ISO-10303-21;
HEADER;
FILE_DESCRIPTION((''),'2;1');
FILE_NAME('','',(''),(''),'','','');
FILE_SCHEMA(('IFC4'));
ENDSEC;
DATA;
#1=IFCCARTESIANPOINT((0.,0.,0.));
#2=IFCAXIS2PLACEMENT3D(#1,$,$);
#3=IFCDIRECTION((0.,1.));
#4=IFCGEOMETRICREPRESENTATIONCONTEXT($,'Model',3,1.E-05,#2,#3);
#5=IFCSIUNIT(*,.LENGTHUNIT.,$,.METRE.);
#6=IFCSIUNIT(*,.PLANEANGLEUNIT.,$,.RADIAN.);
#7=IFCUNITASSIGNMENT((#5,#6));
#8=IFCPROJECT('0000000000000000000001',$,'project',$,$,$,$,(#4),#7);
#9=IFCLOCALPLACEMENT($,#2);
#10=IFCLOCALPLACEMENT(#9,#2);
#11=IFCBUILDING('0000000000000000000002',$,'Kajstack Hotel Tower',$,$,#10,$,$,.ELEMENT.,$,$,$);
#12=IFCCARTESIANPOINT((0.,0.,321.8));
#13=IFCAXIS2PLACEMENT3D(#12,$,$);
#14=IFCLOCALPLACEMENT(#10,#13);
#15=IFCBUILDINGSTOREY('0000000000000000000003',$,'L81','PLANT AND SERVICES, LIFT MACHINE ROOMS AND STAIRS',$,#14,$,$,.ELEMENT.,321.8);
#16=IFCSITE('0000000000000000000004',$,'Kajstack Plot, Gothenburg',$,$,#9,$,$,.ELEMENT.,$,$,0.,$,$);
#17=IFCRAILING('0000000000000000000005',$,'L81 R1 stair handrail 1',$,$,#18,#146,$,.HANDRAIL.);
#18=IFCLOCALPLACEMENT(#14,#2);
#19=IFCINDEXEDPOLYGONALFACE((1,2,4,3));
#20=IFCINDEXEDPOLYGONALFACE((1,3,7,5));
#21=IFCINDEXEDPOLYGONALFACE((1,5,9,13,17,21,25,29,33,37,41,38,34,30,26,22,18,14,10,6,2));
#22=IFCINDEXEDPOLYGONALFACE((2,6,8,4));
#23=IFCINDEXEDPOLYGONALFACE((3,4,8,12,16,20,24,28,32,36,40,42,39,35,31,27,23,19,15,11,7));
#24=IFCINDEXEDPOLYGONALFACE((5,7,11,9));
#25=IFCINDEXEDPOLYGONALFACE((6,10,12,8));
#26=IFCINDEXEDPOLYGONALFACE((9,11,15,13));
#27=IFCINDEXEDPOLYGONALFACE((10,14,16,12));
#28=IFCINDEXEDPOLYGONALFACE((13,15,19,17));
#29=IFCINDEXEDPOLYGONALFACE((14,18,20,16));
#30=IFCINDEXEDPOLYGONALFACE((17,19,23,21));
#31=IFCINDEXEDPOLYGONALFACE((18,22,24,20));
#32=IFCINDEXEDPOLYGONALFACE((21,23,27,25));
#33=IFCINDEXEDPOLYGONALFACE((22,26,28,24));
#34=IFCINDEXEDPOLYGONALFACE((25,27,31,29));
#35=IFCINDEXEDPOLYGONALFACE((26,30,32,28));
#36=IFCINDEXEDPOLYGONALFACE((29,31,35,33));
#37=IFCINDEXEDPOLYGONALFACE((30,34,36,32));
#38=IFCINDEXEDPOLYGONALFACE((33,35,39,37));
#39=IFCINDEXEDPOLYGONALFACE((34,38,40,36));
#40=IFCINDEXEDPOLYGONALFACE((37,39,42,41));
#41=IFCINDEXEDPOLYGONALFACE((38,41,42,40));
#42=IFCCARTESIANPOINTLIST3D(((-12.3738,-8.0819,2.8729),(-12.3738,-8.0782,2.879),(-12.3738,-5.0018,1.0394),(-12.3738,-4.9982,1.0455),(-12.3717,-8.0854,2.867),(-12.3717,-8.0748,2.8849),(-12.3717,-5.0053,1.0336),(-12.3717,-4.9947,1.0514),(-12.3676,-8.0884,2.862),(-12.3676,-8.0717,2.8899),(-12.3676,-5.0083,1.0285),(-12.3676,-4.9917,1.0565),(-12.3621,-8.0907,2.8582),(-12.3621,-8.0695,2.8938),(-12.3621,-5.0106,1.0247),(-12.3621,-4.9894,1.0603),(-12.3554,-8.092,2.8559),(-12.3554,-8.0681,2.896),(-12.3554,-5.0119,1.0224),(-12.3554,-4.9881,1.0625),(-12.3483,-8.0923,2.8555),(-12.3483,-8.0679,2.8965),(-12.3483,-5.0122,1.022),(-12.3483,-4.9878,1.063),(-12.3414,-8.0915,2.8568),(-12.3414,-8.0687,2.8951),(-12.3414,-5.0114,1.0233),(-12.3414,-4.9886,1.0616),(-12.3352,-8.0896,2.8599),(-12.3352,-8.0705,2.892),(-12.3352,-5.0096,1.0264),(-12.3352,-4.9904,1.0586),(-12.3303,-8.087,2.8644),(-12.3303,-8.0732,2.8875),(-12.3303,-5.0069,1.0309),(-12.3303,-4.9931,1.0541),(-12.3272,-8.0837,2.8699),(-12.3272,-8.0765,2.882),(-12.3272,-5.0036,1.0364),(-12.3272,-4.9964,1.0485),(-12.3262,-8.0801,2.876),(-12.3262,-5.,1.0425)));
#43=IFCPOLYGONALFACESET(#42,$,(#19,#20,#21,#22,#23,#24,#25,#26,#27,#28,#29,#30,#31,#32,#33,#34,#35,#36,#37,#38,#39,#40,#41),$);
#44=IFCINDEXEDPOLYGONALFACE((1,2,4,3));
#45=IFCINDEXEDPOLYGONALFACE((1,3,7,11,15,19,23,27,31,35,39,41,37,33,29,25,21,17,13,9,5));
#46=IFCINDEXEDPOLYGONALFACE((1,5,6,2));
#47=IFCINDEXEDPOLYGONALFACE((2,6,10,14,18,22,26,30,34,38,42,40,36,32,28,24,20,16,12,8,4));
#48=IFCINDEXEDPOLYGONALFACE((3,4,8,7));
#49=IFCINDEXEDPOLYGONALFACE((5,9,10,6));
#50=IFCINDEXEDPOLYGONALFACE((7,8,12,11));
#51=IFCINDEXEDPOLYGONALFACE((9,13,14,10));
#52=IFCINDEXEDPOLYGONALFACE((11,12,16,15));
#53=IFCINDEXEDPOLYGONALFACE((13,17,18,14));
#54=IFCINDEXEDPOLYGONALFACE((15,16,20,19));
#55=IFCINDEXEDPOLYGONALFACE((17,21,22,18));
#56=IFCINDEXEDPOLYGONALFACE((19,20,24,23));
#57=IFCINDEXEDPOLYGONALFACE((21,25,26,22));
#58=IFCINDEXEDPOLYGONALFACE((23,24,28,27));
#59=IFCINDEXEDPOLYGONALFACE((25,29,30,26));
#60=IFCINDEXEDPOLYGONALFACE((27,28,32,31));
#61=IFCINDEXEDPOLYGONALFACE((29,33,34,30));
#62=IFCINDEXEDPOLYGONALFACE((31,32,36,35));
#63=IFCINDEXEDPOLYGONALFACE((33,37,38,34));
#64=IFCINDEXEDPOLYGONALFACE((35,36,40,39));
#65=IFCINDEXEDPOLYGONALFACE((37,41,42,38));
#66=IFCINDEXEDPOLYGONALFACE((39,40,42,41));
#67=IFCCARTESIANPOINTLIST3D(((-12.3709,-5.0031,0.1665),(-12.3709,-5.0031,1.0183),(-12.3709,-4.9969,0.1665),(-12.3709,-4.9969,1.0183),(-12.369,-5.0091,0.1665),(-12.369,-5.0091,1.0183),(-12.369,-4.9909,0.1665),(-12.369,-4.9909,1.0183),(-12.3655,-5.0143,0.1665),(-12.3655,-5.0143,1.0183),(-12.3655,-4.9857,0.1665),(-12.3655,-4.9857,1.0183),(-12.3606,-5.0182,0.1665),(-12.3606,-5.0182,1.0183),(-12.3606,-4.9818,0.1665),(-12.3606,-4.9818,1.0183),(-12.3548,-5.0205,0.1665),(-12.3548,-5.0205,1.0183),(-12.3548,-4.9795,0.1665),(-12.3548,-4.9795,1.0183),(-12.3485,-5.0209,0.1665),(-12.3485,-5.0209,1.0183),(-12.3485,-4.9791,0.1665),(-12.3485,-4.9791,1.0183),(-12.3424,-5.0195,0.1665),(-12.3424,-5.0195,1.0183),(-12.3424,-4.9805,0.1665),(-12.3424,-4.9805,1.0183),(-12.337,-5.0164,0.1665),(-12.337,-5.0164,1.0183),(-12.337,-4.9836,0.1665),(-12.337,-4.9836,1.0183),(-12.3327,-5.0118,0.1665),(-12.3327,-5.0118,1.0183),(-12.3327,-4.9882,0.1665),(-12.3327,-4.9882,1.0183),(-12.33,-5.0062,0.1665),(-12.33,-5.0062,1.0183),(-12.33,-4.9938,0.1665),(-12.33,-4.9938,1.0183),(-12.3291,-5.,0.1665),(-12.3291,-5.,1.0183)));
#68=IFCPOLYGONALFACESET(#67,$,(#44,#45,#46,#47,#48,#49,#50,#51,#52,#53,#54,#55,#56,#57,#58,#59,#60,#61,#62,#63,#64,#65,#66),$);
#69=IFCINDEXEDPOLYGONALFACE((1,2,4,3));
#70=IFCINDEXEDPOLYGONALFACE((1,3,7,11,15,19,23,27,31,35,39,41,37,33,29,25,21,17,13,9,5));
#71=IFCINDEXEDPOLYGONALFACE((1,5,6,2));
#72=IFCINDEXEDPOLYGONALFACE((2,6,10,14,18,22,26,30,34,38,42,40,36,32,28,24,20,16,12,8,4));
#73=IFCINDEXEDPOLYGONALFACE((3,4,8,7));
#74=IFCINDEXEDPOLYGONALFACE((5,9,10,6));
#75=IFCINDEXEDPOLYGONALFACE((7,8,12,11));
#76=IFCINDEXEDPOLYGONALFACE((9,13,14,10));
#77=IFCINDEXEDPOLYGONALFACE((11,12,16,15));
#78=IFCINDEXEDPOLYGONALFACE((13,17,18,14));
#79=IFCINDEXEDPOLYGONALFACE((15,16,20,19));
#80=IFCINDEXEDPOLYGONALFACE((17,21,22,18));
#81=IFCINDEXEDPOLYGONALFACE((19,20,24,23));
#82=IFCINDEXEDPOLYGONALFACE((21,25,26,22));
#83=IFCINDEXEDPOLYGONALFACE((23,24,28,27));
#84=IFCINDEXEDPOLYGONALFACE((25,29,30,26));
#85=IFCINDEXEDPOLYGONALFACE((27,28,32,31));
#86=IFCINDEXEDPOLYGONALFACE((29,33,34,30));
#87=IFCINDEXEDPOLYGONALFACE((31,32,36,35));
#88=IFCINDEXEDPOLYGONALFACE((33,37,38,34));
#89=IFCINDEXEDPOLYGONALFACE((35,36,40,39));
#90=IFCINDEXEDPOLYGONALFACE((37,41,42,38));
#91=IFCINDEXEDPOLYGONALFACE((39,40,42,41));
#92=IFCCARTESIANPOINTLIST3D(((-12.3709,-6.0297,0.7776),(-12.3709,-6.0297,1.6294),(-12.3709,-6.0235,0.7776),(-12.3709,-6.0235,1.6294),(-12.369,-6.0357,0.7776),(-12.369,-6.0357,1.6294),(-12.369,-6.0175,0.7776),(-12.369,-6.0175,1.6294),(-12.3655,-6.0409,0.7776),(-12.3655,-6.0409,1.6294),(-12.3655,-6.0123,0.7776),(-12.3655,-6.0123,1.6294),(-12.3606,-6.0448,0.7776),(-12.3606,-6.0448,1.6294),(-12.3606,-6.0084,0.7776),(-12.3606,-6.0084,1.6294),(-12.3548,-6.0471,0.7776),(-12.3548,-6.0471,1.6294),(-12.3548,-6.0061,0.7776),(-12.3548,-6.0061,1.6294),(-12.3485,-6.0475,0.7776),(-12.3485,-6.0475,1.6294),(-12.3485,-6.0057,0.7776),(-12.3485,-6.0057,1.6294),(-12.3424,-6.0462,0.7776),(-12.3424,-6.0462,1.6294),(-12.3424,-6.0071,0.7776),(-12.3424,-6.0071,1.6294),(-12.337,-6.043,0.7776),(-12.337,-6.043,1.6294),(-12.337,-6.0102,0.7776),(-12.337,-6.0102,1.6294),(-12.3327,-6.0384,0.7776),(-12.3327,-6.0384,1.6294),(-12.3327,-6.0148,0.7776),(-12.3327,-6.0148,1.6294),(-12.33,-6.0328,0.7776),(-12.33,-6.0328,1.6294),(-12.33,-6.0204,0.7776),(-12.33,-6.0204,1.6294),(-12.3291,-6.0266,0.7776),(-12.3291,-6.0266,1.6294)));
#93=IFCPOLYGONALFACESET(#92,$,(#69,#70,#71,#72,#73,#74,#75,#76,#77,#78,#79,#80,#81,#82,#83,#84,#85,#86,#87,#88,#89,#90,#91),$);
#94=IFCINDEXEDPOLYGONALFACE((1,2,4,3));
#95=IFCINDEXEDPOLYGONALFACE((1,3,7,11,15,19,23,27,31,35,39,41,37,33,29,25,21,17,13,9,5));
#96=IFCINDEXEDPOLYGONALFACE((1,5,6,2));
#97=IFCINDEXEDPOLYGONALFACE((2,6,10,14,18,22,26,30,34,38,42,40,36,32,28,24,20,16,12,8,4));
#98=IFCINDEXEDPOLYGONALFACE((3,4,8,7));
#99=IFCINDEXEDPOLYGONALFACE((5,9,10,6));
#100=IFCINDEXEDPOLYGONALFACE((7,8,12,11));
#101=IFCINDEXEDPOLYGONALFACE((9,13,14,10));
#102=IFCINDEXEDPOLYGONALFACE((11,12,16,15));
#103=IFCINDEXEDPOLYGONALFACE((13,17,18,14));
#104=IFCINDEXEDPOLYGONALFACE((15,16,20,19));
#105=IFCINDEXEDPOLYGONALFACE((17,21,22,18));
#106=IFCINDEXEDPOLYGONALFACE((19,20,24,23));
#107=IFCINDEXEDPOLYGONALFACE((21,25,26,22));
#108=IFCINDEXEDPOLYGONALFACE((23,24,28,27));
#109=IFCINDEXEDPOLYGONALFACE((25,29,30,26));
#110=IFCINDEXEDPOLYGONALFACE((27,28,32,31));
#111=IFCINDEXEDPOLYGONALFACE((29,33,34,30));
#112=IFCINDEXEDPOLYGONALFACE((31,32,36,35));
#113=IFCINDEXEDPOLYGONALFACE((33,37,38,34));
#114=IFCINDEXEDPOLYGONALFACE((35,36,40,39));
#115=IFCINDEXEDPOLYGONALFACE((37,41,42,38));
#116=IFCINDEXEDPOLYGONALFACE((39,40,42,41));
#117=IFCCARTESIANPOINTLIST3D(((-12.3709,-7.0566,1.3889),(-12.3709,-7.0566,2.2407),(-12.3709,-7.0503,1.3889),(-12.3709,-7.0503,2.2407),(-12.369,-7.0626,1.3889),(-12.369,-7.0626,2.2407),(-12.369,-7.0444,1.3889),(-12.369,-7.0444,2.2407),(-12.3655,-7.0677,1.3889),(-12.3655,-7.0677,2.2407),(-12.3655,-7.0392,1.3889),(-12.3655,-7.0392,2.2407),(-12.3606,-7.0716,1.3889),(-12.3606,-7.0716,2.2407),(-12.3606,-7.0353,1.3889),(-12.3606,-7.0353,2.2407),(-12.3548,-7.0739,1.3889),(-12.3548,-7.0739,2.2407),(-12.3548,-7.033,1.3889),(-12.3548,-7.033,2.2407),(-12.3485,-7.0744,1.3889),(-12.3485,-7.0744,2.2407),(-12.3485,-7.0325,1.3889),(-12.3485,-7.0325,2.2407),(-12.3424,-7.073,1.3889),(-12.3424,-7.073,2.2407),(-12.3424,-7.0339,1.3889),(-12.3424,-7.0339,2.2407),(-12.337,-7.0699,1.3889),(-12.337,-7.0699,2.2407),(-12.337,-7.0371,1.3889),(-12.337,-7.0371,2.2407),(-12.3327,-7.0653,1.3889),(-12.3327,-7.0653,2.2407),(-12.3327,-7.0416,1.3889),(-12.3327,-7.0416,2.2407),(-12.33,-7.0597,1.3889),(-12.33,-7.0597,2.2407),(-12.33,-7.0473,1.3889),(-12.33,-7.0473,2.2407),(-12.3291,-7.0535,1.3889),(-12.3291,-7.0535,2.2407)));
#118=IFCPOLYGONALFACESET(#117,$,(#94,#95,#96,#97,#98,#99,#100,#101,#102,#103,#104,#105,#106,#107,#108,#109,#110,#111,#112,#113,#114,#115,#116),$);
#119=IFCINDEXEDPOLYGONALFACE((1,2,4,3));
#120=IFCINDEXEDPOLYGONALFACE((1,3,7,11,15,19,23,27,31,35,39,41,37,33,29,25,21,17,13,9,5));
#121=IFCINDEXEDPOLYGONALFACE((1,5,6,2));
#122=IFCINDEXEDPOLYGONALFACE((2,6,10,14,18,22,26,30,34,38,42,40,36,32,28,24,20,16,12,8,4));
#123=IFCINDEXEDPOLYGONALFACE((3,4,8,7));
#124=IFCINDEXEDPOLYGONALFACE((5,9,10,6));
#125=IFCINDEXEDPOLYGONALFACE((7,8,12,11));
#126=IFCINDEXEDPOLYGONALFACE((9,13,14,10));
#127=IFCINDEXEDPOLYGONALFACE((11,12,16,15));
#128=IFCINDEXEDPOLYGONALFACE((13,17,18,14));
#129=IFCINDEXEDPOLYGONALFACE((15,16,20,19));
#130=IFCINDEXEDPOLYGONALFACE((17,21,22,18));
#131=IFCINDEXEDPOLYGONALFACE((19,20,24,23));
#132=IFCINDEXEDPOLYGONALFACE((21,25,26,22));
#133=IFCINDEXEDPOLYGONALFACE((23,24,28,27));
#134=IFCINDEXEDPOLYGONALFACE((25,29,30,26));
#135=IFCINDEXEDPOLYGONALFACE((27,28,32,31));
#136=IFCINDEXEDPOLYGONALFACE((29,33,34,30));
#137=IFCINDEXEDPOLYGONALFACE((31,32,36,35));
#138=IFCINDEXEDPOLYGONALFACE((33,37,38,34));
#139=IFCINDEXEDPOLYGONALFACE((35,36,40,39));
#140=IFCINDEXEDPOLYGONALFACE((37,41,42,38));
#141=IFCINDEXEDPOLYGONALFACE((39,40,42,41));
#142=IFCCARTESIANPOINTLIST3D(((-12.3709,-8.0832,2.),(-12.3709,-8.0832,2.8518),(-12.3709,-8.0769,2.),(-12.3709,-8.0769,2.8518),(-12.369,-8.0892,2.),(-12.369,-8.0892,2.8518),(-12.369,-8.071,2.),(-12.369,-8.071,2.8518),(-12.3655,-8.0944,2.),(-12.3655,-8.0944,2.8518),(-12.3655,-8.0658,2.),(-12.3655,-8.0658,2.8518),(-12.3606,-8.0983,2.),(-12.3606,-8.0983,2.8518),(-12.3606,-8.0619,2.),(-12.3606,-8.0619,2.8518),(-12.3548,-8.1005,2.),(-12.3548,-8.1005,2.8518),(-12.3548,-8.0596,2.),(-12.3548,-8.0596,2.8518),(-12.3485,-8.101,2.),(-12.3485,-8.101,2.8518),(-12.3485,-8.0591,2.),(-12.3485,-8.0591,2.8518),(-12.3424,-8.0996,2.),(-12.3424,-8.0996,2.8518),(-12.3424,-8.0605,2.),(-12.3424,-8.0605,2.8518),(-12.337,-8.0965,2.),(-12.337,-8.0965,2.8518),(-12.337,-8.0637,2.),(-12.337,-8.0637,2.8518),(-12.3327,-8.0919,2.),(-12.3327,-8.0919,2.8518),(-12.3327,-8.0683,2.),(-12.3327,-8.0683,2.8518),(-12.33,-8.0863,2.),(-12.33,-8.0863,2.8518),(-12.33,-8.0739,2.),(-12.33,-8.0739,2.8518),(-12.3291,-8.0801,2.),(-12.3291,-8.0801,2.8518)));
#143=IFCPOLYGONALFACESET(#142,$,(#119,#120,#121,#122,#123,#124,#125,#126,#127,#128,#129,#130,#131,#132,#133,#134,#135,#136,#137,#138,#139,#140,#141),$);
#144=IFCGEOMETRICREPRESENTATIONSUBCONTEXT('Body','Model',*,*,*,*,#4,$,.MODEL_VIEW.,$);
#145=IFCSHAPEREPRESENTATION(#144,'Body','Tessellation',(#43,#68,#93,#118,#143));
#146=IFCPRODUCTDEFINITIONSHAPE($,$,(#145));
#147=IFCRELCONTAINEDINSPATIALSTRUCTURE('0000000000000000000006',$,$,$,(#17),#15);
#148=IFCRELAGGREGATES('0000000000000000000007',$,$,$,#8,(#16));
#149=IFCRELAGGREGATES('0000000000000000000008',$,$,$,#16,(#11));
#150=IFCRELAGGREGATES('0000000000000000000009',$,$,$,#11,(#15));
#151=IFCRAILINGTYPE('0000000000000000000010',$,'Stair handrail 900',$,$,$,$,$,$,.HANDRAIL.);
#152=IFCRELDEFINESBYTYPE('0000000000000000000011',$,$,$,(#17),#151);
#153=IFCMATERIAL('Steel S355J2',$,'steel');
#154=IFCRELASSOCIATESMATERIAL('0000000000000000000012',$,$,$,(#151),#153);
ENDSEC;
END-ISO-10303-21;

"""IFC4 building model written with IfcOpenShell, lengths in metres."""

from ifc_helpers import new_model, si_unit, direction, frame, origin, origin_2d, place, context, subcontext, project, spatial, circle, extrude, material, type_object, element, save


model = new_model("IFC4")

# Units and contexts
model_context = context("Model", 3, precision=1e-05, world=origin(), true_north=direction((0.0, 1.0)))
body_context = subcontext(model_context, "Body", "Model", "MODEL_VIEW")
ifc_project = project(units=[si_unit("LENGTHUNIT", "METRE"), si_unit("PLANEANGLEUNIT", "RADIAN")], contexts=[model_context])

# Site, building, storey
site_placement = place(None, origin())
site = spatial("IfcSite", under=ifc_project, at=site_placement, Name="Kajstack Plot, Gothenburg", CompositionType="ELEMENT", RefElevation=0.0)
building_placement = place(site_placement, origin())
building = spatial("IfcBuilding", under=site, at=building_placement, Name="Kajstack Hotel Tower", CompositionType="ELEMENT")
storey_placement = place(building_placement, frame((0.0, 0.0, 321.8)))
storey = spatial("IfcBuildingStorey", under=building, at=storey_placement, Name="L81", Description="PLANT AND SERVICES, LIFT MACHINE ROOMS AND STAIRS", CompositionType="ELEMENT", Elevation=321.8)

# Shared definitions
ifc_material_1 = material(Name="Steel S355J2", Category="steel")

# Railing
railing_type_1 = type_object("IfcRailingType", Name="Stair handrail 900", PredefinedType="HANDRAIL", material=ifc_material_1)
railing_1_placement = place(storey_placement, frame((-12.3501, -5.0, 0.1665)))
element("IfcRailing", 1, at=railing_1_placement, inside=storey, type_object=railing_type_1, Name="L81 R1 stair handrail 1", PredefinedType="HANDRAIL", context=body_context, shape_type="SweptSolid", body=[
    extrude(circle(Radius=0.0239, at=origin_2d()), frame((0.0, 0.0, 0.876), z_axis=(0.0, -0.859279, 0.511508), x_axis=(1.0, 0.0, 0.0)), (0.0, 0.0, 1.0), 3.5845),
    extrude(circle(Radius=0.021, at=origin_2d()), origin(), (0.0, 0.0, 1.0), 0.8518),
    extrude(circle(Radius=0.021, at=origin_2d()), frame((0.0, -1.0266, 0.6111)), (0.0, 0.0, 1.0), 0.8518),
    extrude(circle(Radius=0.021, at=origin_2d()), frame((0.0, -2.0535, 1.2224)), (0.0, 0.0, 1.0), 0.8518),
    extrude(circle(Radius=0.021, at=origin_2d()), frame((0.0, -3.0801, 1.8335)), (0.0, 0.0, 1.0), 0.8518),
])

save(model, "model.ifc")
